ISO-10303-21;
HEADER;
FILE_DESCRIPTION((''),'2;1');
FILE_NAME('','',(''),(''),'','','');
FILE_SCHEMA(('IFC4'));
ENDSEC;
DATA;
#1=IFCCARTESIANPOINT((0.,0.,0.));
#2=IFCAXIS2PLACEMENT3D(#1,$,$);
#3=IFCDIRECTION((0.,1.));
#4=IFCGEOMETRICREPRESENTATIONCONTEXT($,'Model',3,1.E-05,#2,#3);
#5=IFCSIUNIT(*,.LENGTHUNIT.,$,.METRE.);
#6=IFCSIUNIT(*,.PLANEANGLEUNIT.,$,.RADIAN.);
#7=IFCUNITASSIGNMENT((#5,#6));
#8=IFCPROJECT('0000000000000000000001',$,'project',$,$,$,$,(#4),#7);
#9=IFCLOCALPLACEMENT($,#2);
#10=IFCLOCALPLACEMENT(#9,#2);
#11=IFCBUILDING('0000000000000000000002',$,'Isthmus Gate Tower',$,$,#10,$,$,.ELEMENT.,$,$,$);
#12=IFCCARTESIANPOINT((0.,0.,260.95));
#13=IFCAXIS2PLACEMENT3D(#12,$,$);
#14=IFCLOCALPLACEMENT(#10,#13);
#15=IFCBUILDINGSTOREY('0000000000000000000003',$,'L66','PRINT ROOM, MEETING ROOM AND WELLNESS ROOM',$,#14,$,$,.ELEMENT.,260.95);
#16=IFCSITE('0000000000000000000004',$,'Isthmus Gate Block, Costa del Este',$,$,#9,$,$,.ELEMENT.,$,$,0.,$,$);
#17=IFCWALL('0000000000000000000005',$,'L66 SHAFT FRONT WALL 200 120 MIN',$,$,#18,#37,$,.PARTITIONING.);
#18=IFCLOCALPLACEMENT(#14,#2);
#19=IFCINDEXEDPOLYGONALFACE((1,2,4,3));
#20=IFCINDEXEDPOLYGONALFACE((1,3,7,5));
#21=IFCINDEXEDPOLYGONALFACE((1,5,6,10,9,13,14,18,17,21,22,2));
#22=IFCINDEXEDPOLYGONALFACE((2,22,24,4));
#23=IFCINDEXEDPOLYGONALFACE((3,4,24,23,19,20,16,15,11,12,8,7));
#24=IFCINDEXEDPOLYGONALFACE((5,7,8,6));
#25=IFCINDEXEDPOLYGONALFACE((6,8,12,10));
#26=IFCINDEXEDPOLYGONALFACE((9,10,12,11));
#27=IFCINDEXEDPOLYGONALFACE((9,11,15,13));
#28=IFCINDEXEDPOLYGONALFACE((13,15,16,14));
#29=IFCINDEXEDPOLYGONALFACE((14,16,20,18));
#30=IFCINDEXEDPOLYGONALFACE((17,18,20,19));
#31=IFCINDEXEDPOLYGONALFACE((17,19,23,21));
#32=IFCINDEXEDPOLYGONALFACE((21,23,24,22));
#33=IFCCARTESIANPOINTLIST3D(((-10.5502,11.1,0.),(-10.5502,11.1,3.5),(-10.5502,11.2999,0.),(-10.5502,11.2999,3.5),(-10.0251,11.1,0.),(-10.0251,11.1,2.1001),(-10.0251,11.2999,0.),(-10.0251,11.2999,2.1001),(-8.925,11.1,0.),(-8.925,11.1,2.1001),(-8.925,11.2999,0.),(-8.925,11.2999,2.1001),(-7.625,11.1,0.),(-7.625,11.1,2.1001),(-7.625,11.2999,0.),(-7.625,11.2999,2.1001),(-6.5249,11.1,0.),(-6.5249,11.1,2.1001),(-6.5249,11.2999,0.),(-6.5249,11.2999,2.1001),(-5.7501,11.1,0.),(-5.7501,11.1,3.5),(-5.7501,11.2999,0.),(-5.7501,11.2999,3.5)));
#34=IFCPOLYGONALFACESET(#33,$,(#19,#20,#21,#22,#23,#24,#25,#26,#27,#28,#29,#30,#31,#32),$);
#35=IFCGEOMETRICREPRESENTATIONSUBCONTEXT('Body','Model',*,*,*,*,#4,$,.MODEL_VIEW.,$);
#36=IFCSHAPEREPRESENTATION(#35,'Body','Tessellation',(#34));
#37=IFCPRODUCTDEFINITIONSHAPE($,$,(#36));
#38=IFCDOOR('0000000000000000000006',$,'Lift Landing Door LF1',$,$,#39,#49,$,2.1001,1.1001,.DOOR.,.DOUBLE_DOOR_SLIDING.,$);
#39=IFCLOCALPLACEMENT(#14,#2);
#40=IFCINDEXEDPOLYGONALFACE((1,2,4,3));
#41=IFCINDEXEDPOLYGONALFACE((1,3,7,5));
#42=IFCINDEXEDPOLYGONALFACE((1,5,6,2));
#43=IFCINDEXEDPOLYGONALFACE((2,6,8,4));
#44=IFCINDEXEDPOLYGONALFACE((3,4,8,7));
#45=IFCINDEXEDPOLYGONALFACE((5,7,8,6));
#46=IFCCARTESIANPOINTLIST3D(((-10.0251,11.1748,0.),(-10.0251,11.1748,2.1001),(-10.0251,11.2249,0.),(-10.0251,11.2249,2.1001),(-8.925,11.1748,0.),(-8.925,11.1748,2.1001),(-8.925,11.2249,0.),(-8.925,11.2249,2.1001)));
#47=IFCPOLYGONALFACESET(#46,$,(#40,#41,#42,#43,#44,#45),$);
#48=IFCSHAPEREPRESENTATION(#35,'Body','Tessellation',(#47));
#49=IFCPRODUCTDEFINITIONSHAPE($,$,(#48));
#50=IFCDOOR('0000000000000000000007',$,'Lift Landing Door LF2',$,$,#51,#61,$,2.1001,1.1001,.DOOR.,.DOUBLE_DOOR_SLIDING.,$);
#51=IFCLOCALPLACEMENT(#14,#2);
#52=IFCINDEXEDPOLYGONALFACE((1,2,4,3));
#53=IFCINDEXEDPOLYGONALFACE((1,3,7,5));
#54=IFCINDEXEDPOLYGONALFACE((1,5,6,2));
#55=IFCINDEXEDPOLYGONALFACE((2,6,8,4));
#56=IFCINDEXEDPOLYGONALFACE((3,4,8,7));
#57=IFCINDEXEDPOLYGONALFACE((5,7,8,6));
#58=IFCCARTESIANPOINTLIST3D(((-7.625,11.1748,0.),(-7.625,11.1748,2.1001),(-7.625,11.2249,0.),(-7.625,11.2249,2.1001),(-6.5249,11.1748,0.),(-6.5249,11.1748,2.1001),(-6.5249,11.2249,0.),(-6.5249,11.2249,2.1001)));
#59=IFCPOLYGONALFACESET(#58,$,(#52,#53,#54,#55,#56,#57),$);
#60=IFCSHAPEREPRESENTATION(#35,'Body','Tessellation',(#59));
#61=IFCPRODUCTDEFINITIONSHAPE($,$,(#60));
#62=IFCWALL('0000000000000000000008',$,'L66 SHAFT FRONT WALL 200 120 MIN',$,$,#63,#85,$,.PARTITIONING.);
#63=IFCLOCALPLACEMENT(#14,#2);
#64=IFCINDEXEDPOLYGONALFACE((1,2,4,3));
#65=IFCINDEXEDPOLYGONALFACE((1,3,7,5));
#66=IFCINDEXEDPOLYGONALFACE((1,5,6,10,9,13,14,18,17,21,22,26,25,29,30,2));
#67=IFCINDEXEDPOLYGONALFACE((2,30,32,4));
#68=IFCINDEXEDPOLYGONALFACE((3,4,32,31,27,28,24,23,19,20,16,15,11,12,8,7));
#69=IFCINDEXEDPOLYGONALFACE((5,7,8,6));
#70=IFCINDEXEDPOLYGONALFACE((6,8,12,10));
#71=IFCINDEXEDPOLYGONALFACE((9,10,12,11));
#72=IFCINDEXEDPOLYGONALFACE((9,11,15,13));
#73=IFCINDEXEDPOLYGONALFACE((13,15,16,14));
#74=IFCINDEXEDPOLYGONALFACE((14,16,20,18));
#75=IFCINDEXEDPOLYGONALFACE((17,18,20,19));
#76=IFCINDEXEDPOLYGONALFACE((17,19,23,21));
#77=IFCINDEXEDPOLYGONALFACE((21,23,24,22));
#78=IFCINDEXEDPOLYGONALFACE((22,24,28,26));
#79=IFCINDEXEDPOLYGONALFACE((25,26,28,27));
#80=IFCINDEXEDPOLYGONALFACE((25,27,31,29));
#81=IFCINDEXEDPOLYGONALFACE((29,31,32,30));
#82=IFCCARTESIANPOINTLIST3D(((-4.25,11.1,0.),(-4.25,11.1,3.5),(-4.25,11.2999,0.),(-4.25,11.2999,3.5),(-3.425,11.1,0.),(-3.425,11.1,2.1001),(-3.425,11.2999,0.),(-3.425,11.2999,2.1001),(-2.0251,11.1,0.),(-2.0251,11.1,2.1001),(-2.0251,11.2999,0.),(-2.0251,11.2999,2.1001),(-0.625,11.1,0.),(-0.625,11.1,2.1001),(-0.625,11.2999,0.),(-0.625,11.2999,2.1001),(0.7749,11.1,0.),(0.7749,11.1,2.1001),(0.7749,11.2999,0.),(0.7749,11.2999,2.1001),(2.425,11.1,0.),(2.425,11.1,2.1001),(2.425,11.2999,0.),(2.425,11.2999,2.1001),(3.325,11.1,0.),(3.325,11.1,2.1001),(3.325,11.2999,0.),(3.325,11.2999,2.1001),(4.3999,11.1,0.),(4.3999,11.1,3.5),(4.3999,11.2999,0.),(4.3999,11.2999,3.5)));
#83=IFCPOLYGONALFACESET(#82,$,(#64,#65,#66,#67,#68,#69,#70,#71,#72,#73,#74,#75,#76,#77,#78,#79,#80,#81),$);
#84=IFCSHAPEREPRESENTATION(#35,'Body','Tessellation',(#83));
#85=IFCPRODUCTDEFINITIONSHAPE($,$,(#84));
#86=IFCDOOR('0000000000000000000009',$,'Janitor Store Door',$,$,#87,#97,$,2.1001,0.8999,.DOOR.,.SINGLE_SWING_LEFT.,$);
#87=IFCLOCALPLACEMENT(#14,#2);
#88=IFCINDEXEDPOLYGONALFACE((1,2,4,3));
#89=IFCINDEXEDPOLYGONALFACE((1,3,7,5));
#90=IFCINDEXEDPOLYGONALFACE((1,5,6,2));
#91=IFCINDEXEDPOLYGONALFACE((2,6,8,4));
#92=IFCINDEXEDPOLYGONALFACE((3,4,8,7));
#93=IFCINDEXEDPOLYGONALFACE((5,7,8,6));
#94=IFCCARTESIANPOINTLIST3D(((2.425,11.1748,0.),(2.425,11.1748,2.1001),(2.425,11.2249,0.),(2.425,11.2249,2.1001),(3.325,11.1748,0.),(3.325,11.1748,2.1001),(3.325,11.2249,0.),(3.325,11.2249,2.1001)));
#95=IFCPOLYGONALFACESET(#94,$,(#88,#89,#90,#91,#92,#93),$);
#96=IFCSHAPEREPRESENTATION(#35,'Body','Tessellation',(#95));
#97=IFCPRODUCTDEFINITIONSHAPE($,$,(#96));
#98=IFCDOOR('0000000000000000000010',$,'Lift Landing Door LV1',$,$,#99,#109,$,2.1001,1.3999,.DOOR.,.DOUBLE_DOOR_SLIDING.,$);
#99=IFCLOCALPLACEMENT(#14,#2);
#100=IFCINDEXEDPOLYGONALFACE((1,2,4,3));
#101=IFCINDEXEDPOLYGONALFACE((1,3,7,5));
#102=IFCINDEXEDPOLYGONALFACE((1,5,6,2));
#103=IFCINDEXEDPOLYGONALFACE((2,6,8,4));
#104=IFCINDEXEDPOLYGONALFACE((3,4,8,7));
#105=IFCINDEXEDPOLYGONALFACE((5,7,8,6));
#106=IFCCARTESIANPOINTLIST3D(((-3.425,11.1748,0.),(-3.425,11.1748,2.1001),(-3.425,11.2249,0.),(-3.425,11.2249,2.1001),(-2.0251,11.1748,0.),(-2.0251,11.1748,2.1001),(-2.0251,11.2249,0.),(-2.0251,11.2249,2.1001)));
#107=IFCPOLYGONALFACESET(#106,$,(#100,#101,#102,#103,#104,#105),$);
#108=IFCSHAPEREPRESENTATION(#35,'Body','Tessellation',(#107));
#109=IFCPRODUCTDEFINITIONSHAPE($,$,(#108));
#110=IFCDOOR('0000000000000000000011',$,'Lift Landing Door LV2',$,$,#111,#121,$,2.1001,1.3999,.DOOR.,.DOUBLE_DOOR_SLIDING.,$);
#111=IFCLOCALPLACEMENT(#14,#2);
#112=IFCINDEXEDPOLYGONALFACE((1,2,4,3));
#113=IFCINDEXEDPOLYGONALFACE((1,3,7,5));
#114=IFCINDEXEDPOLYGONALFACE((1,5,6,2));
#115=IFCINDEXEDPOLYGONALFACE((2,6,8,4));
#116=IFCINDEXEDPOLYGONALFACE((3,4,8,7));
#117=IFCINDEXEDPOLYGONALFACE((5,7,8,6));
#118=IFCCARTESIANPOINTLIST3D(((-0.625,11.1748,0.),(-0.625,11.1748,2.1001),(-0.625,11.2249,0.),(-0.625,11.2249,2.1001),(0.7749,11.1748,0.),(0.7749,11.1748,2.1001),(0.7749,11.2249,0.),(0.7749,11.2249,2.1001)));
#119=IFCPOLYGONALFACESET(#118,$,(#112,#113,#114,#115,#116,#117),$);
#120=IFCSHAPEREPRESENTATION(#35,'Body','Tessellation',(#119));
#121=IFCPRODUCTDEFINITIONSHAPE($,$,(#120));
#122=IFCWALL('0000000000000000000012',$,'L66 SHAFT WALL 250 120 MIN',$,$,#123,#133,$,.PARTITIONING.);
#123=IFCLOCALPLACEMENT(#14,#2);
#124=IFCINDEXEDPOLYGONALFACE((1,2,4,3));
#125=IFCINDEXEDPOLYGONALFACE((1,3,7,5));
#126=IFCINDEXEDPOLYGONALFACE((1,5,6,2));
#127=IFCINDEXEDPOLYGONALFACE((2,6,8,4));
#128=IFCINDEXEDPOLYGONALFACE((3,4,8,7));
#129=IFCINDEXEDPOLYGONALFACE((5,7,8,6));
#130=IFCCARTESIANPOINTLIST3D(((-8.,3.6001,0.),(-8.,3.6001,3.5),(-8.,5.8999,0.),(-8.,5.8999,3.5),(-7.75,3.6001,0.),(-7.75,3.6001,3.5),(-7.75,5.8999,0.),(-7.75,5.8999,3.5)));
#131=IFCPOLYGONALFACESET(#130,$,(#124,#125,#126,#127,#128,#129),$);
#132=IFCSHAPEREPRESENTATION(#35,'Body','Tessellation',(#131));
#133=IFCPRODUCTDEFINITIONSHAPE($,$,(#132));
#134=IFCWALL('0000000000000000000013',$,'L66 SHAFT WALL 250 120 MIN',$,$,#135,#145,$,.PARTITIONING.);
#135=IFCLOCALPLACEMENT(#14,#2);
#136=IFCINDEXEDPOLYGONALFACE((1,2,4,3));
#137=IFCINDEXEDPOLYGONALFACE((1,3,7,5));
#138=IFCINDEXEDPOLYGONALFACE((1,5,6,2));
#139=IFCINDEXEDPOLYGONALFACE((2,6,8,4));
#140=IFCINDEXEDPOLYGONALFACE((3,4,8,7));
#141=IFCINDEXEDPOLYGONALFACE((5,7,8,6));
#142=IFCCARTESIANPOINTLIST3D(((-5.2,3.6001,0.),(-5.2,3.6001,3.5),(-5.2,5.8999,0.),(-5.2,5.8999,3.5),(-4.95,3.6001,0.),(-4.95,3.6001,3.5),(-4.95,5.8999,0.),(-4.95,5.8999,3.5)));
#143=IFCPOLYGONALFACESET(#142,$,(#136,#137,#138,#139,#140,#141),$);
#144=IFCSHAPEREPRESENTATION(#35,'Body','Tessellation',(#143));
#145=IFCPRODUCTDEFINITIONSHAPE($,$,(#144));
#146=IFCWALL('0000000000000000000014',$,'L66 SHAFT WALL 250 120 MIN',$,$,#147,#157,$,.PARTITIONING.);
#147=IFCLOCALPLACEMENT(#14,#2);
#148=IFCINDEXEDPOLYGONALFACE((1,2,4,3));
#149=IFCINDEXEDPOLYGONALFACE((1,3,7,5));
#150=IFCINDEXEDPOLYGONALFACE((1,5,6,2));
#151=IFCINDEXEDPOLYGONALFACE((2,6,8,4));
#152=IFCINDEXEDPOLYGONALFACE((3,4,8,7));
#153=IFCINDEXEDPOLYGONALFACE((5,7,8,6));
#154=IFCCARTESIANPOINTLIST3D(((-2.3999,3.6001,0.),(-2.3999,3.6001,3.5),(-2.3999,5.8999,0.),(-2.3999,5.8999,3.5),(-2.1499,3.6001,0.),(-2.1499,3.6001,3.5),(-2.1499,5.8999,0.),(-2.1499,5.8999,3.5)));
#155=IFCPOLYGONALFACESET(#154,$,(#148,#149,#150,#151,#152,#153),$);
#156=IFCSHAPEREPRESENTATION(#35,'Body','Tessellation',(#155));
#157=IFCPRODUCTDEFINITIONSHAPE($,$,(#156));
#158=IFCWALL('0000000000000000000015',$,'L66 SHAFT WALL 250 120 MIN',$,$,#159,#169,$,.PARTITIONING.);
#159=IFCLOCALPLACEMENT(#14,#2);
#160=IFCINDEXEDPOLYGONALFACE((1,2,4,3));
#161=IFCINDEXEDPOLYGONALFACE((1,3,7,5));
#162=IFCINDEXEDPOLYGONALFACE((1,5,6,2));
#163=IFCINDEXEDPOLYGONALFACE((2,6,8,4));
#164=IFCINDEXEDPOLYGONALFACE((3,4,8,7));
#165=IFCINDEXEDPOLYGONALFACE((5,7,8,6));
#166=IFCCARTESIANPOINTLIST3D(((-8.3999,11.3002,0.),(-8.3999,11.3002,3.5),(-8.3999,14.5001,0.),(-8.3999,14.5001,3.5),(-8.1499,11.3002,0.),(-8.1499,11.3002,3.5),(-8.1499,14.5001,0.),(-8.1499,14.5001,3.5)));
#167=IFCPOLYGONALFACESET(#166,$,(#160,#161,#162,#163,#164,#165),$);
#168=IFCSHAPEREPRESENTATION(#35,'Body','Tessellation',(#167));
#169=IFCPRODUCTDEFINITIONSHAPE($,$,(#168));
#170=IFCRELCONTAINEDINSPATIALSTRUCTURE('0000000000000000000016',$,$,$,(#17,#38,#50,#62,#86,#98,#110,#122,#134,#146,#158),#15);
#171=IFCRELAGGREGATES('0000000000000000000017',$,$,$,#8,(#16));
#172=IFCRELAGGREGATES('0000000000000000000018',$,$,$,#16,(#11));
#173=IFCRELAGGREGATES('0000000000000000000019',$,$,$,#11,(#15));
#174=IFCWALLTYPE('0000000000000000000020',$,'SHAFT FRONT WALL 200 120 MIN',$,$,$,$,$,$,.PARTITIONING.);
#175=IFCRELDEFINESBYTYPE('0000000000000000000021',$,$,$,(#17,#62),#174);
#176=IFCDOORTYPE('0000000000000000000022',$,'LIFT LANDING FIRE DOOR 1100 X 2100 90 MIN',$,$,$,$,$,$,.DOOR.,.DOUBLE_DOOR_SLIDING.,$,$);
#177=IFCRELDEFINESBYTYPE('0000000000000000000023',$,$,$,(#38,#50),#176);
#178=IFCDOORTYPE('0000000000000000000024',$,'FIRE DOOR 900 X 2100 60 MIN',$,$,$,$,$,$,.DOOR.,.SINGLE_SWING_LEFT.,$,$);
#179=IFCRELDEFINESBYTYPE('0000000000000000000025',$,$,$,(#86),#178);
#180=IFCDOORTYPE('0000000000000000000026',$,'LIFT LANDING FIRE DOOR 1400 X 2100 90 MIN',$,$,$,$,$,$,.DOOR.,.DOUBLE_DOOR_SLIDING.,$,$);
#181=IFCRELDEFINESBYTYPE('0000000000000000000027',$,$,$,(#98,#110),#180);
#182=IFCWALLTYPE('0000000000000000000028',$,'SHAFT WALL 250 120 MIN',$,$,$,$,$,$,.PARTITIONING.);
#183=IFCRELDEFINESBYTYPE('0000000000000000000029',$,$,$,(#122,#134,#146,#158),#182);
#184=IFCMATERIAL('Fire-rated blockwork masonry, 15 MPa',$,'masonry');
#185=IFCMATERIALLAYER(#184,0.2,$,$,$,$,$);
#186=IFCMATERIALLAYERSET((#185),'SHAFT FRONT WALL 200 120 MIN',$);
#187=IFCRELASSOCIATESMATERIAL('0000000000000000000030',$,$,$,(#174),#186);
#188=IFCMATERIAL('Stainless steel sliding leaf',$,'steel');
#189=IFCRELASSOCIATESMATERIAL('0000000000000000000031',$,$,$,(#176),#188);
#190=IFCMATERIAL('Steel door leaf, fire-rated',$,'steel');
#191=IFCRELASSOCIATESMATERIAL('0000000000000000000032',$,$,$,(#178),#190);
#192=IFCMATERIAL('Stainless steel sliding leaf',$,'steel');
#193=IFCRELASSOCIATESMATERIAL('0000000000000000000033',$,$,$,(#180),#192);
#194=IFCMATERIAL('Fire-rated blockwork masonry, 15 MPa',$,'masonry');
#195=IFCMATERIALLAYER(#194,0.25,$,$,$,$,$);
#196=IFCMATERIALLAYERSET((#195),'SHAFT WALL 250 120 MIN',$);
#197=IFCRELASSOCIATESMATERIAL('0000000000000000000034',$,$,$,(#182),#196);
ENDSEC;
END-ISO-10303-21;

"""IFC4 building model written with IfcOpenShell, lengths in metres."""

from ifc_helpers import new_model, si_unit, direction, frame, frame_2d, origin, place, context, subcontext, project, spatial, rectangle, extrude, material, layer, layer_set, type_object, element, fill, save


model = new_model("IFC4")

# Units and contexts
model_context = context("Model", 3, precision=1e-05, world=origin(), true_north=direction((0.0, 1.0)))
body_context = subcontext(model_context, "Body", "Model", "MODEL_VIEW")
ifc_project = project(units=[si_unit("LENGTHUNIT", "METRE"), si_unit("PLANEANGLEUNIT", "RADIAN")], contexts=[model_context])

# Site, building, storey
site_placement = place(None, origin())
site = spatial("IfcSite", under=ifc_project, at=site_placement, Name="Isthmus Gate Block, Costa del Este", CompositionType="ELEMENT", RefElevation=0.0)
building_placement = place(site_placement, origin())
building = spatial("IfcBuilding", under=site, at=building_placement, Name="Isthmus Gate Tower", CompositionType="ELEMENT")
storey_placement = place(building_placement, frame((0.0, 0.0, 260.95)))
storey = spatial("IfcBuildingStorey", under=building, at=storey_placement, Name="L66", Description="PRINT ROOM, MEETING ROOM AND WELLNESS ROOM", CompositionType="ELEMENT", Elevation=260.95)

# Walls, openings, doors
ifc_material_1 = material(Name="Fire-rated blockwork masonry, 15 MPa", Category="masonry")
ifc_layer_1 = layer(ifc_material_1, 0.2)
ifc_layer_set_1 = layer_set([ifc_layer_1], Name="SHAFT FRONT WALL 200 120 MIN")
wall_type_1 = type_object("IfcWallType", Name="SHAFT FRONT WALL 200 120 MIN", PredefinedType="PARTITIONING", material=ifc_layer_set_1)
wall_1_placement = place(storey_placement, frame((-10.55, 11.2, 0.0), z_axis=(0.0, 0.0, 1.0), x_axis=(1.0, 0.0, 0.0)))
wall_1 = element("IfcWall", 1, at=wall_1_placement, inside=storey, type_object=wall_type_1, Name="L66 SHAFT FRONT WALL 200 120 MIN", PredefinedType="PARTITIONING", context=body_context, shape_type="SweptSolid", body=[
    extrude(rectangle(XDim=4.8, YDim=0.2, at=frame_2d((2.3999, 0.0))), origin(), (0.0, 0.0, 1.0), 3.5),
])
opening_1_placement = place(wall_1_placement, frame((0.5249, 0.0, 0.0)))
opening_1 = element("IfcOpeningElement", 2, at=opening_1_placement, cuts=wall_1, PredefinedType="OPENING", context=body_context, shape_type="SweptSolid", body=[
    extrude(rectangle(XDim=1.1001, YDim=2.1001, at=frame_2d((0.55, 1.05))), frame((0.0, 0.1099, 0.0), z_axis=(0.0, -1.0, 0.0), x_axis=(1.0, 0.0, 0.0)), (0.0, 0.0, 1.0), 0.22),
])
opening_2_placement = place(wall_1_placement, frame((2.925, 0.0, 0.0)))
opening_2 = element("IfcOpeningElement", 3, at=opening_2_placement, cuts=wall_1, PredefinedType="OPENING", context=body_context, shape_type="SweptSolid", body=[
    extrude(rectangle(XDim=1.1001, YDim=2.1001, at=frame_2d((0.55, 1.05))), frame((0.0, 0.1099, 0.0), z_axis=(0.0, -1.0, 0.0), x_axis=(1.0, 0.0, 0.0)), (0.0, 0.0, 1.0), 0.22),
])
ifc_material_2 = material(Name="Stainless steel sliding leaf", Category="steel")
door_type_1 = type_object("IfcDoorType", Name="LIFT LANDING FIRE DOOR 1100 X 2100 90 MIN", OperationType="DOUBLE_DOOR_SLIDING", PredefinedType="DOOR", material=ifc_material_2)
door_1_placement = place(opening_1_placement, origin())
door_1 = element("IfcDoor", 4, at=door_1_placement, inside=storey, type_object=door_type_1, Name="Lift Landing Door LF1", OperationType="DOUBLE_DOOR_SLIDING", OverallHeight=2.1001, OverallWidth=1.1001, PredefinedType="DOOR", context=body_context, shape_type="SweptSolid", body=[
    extrude(rectangle(XDim=1.1001, YDim=2.1001, at=frame_2d((0.55, 1.05))), frame((0.0, 0.0249, 0.0), z_axis=(0.0, -1.0, 0.0), x_axis=(1.0, 0.0, 0.0)), (0.0, 0.0, 1.0), 0.05),
])
fill(opening_1, door_1)
door_2_placement = place(opening_2_placement, origin())
door_2 = element("IfcDoor", 5, at=door_2_placement, inside=storey, type_object=door_type_1, Name="Lift Landing Door LF2", OperationType="DOUBLE_DOOR_SLIDING", OverallHeight=2.1001, OverallWidth=1.1001, PredefinedType="DOOR", context=body_context, shape_type="SweptSolid", body=[
    extrude(rectangle(XDim=1.1001, YDim=2.1001, at=frame_2d((0.55, 1.05))), frame((0.0, 0.0249, 0.0), z_axis=(0.0, -1.0, 0.0), x_axis=(1.0, 0.0, 0.0)), (0.0, 0.0, 1.0), 0.05),
])
fill(opening_2, door_2)
wall_2_placement = place(storey_placement, frame((-4.25, 11.2, 0.0), z_axis=(0.0, 0.0, 1.0), x_axis=(1.0, 0.0, 0.0)))
wall_2 = element("IfcWall", 6, at=wall_2_placement, inside=storey, type_object=wall_type_1, Name="L66 SHAFT FRONT WALL 200 120 MIN", PredefinedType="PARTITIONING", context=body_context, shape_type="SweptSolid", body=[
    extrude(rectangle(XDim=8.6499, YDim=0.2, at=frame_2d((4.325, 0.0))), origin(), (0.0, 0.0, 1.0), 3.5),
])
opening_3_placement = place(wall_2_placement, frame((0.825, 0.0, 0.0)))
opening_3 = element("IfcOpeningElement", 7, at=opening_3_placement, cuts=wall_2, PredefinedType="OPENING", context=body_context, shape_type="SweptSolid", body=[
    extrude(rectangle(XDim=1.3999, YDim=2.1001, at=frame_2d((0.7, 1.05))), frame((0.0, 0.1099, 0.0), z_axis=(0.0, -1.0, 0.0), x_axis=(1.0, 0.0, 0.0)), (0.0, 0.0, 1.0), 0.22),
])
opening_4_placement = place(wall_2_placement, frame((3.625, 0.0, 0.0)))
opening_4 = element("IfcOpeningElement", 8, at=opening_4_placement, cuts=wall_2, PredefinedType="OPENING", context=body_context, shape_type="SweptSolid", body=[
    extrude(rectangle(XDim=1.3999, YDim=2.1001, at=frame_2d((0.7, 1.05))), frame((0.0, 0.1099, 0.0), z_axis=(0.0, -1.0, 0.0), x_axis=(1.0, 0.0, 0.0)), (0.0, 0.0, 1.0), 0.22),
])
opening_5_placement = place(wall_2_placement, frame((6.675, 0.0, 0.0)))
opening_5 = element("IfcOpeningElement", 9, at=opening_5_placement, cuts=wall_2, PredefinedType="OPENING", context=body_context, shape_type="SweptSolid", body=[
    extrude(rectangle(XDim=0.8999, YDim=2.1001, at=frame_2d((0.45, 1.05))), frame((0.0, 0.1099, 0.0), z_axis=(0.0, -1.0, 0.0), x_axis=(1.0, 0.0, 0.0)), (0.0, 0.0, 1.0), 0.22),
])
ifc_material_3 = material(Name="Steel door leaf, fire-rated", Category="steel")
door_type_2 = type_object("IfcDoorType", Name="FIRE DOOR 900 X 2100 60 MIN", OperationType="SINGLE_SWING_LEFT", PredefinedType="DOOR", material=ifc_material_3)
door_3_placement = place(opening_5_placement, origin())
door_3 = element("IfcDoor", 10, at=door_3_placement, inside=storey, type_object=door_type_2, Name="Janitor Store Door", OperationType="SINGLE_SWING_LEFT", OverallHeight=2.1001, OverallWidth=0.8999, PredefinedType="DOOR", context=body_context, shape_type="SweptSolid", body=[
    extrude(rectangle(XDim=0.8999, YDim=2.1001, at=frame_2d((0.45, 1.05))), frame((0.0, 0.0249, 0.0), z_axis=(0.0, -1.0, 0.0), x_axis=(1.0, 0.0, 0.0)), (0.0, 0.0, 1.0), 0.05),
])
fill(opening_5, door_3)
ifc_material_4 = material(Name="Stainless steel sliding leaf", Category="steel")
door_type_3 = type_object("IfcDoorType", Name="LIFT LANDING FIRE DOOR 1400 X 2100 90 MIN", OperationType="DOUBLE_DOOR_SLIDING", PredefinedType="DOOR", material=ifc_material_4)
door_4_placement = place(opening_3_placement, origin())
door_4 = element("IfcDoor", 11, at=door_4_placement, inside=storey, type_object=door_type_3, Name="Lift Landing Door LV1", OperationType="DOUBLE_DOOR_SLIDING", OverallHeight=2.1001, OverallWidth=1.3999, PredefinedType="DOOR", context=body_context, shape_type="SweptSolid", body=[
    extrude(rectangle(XDim=1.3999, YDim=2.1001, at=frame_2d((0.7, 1.05))), frame((0.0, 0.0249, 0.0), z_axis=(0.0, -1.0, 0.0), x_axis=(1.0, 0.0, 0.0)), (0.0, 0.0, 1.0), 0.05),
])
fill(opening_3, door_4)
door_5_placement = place(opening_4_placement, origin())
door_5 = element("IfcDoor", 12, at=door_5_placement, inside=storey, type_object=door_type_3, Name="Lift Landing Door LV2", OperationType="DOUBLE_DOOR_SLIDING", OverallHeight=2.1001, OverallWidth=1.3999, PredefinedType="DOOR", context=body_context, shape_type="SweptSolid", body=[
    extrude(rectangle(XDim=1.3999, YDim=2.1001, at=frame_2d((0.7, 1.05))), frame((0.0, 0.0249, 0.0), z_axis=(0.0, -1.0, 0.0), x_axis=(1.0, 0.0, 0.0)), (0.0, 0.0, 1.0), 0.05),
])
fill(opening_4, door_5)

# Walls
ifc_material_5 = material(Name="Fire-rated blockwork masonry, 15 MPa", Category="masonry")
ifc_layer_2 = layer(ifc_material_5, 0.25)
ifc_layer_set_2 = layer_set([ifc_layer_2], Name="SHAFT WALL 250 120 MIN")
wall_type_2 = type_object("IfcWallType", Name="SHAFT WALL 250 120 MIN", PredefinedType="PARTITIONING", material=ifc_layer_set_2)
for number, where, z_axis, x_axis, name in (
    (13, (-7.875, 3.6001, 0.0), (0.0, 0.0, 1.0), (0.0, 1.0, 0.0), "L66 SHAFT WALL 250 120 MIN"),
    (14, (-5.075, 3.6001, 0.0), (0.0, 0.0, 1.0), (0.0, 1.0, 0.0), "L66 SHAFT WALL 250 120 MIN"),
    (15, (-2.2749, 3.6001, 0.0), (0.0, 0.0, 1.0), (0.0, 1.0, 0.0), "L66 SHAFT WALL 250 120 MIN"),
):
    element("IfcWall", number, at=place(storey_placement, frame(where, z_axis=z_axis, x_axis=x_axis)), inside=storey, type_object=wall_type_2, Name=name, PredefinedType="PARTITIONING", context=body_context, shape_type="SweptSolid", body=[
        extrude(rectangle(XDim=2.2998, YDim=0.25, at=frame_2d((1.1499, 0.0))), origin(), (0.0, 0.0, 1.0), 3.5),
    ])
wall_3_placement = place(storey_placement, frame((-8.2749, 11.3, 0.0), z_axis=(0.0, 0.0, 1.0), x_axis=(0.0, 1.0, 0.0)))
element("IfcWall", 16, at=wall_3_placement, inside=storey, type_object=wall_type_2, Name="L66 SHAFT WALL 250 120 MIN", PredefinedType="PARTITIONING", context=body_context, shape_type="SweptSolid", body=[
    extrude(rectangle(XDim=3.2, YDim=0.25, at=frame_2d((1.6001, 0.0))), origin(), (0.0, 0.0, 1.0), 3.5),
])

save(model, "model.ifc")
